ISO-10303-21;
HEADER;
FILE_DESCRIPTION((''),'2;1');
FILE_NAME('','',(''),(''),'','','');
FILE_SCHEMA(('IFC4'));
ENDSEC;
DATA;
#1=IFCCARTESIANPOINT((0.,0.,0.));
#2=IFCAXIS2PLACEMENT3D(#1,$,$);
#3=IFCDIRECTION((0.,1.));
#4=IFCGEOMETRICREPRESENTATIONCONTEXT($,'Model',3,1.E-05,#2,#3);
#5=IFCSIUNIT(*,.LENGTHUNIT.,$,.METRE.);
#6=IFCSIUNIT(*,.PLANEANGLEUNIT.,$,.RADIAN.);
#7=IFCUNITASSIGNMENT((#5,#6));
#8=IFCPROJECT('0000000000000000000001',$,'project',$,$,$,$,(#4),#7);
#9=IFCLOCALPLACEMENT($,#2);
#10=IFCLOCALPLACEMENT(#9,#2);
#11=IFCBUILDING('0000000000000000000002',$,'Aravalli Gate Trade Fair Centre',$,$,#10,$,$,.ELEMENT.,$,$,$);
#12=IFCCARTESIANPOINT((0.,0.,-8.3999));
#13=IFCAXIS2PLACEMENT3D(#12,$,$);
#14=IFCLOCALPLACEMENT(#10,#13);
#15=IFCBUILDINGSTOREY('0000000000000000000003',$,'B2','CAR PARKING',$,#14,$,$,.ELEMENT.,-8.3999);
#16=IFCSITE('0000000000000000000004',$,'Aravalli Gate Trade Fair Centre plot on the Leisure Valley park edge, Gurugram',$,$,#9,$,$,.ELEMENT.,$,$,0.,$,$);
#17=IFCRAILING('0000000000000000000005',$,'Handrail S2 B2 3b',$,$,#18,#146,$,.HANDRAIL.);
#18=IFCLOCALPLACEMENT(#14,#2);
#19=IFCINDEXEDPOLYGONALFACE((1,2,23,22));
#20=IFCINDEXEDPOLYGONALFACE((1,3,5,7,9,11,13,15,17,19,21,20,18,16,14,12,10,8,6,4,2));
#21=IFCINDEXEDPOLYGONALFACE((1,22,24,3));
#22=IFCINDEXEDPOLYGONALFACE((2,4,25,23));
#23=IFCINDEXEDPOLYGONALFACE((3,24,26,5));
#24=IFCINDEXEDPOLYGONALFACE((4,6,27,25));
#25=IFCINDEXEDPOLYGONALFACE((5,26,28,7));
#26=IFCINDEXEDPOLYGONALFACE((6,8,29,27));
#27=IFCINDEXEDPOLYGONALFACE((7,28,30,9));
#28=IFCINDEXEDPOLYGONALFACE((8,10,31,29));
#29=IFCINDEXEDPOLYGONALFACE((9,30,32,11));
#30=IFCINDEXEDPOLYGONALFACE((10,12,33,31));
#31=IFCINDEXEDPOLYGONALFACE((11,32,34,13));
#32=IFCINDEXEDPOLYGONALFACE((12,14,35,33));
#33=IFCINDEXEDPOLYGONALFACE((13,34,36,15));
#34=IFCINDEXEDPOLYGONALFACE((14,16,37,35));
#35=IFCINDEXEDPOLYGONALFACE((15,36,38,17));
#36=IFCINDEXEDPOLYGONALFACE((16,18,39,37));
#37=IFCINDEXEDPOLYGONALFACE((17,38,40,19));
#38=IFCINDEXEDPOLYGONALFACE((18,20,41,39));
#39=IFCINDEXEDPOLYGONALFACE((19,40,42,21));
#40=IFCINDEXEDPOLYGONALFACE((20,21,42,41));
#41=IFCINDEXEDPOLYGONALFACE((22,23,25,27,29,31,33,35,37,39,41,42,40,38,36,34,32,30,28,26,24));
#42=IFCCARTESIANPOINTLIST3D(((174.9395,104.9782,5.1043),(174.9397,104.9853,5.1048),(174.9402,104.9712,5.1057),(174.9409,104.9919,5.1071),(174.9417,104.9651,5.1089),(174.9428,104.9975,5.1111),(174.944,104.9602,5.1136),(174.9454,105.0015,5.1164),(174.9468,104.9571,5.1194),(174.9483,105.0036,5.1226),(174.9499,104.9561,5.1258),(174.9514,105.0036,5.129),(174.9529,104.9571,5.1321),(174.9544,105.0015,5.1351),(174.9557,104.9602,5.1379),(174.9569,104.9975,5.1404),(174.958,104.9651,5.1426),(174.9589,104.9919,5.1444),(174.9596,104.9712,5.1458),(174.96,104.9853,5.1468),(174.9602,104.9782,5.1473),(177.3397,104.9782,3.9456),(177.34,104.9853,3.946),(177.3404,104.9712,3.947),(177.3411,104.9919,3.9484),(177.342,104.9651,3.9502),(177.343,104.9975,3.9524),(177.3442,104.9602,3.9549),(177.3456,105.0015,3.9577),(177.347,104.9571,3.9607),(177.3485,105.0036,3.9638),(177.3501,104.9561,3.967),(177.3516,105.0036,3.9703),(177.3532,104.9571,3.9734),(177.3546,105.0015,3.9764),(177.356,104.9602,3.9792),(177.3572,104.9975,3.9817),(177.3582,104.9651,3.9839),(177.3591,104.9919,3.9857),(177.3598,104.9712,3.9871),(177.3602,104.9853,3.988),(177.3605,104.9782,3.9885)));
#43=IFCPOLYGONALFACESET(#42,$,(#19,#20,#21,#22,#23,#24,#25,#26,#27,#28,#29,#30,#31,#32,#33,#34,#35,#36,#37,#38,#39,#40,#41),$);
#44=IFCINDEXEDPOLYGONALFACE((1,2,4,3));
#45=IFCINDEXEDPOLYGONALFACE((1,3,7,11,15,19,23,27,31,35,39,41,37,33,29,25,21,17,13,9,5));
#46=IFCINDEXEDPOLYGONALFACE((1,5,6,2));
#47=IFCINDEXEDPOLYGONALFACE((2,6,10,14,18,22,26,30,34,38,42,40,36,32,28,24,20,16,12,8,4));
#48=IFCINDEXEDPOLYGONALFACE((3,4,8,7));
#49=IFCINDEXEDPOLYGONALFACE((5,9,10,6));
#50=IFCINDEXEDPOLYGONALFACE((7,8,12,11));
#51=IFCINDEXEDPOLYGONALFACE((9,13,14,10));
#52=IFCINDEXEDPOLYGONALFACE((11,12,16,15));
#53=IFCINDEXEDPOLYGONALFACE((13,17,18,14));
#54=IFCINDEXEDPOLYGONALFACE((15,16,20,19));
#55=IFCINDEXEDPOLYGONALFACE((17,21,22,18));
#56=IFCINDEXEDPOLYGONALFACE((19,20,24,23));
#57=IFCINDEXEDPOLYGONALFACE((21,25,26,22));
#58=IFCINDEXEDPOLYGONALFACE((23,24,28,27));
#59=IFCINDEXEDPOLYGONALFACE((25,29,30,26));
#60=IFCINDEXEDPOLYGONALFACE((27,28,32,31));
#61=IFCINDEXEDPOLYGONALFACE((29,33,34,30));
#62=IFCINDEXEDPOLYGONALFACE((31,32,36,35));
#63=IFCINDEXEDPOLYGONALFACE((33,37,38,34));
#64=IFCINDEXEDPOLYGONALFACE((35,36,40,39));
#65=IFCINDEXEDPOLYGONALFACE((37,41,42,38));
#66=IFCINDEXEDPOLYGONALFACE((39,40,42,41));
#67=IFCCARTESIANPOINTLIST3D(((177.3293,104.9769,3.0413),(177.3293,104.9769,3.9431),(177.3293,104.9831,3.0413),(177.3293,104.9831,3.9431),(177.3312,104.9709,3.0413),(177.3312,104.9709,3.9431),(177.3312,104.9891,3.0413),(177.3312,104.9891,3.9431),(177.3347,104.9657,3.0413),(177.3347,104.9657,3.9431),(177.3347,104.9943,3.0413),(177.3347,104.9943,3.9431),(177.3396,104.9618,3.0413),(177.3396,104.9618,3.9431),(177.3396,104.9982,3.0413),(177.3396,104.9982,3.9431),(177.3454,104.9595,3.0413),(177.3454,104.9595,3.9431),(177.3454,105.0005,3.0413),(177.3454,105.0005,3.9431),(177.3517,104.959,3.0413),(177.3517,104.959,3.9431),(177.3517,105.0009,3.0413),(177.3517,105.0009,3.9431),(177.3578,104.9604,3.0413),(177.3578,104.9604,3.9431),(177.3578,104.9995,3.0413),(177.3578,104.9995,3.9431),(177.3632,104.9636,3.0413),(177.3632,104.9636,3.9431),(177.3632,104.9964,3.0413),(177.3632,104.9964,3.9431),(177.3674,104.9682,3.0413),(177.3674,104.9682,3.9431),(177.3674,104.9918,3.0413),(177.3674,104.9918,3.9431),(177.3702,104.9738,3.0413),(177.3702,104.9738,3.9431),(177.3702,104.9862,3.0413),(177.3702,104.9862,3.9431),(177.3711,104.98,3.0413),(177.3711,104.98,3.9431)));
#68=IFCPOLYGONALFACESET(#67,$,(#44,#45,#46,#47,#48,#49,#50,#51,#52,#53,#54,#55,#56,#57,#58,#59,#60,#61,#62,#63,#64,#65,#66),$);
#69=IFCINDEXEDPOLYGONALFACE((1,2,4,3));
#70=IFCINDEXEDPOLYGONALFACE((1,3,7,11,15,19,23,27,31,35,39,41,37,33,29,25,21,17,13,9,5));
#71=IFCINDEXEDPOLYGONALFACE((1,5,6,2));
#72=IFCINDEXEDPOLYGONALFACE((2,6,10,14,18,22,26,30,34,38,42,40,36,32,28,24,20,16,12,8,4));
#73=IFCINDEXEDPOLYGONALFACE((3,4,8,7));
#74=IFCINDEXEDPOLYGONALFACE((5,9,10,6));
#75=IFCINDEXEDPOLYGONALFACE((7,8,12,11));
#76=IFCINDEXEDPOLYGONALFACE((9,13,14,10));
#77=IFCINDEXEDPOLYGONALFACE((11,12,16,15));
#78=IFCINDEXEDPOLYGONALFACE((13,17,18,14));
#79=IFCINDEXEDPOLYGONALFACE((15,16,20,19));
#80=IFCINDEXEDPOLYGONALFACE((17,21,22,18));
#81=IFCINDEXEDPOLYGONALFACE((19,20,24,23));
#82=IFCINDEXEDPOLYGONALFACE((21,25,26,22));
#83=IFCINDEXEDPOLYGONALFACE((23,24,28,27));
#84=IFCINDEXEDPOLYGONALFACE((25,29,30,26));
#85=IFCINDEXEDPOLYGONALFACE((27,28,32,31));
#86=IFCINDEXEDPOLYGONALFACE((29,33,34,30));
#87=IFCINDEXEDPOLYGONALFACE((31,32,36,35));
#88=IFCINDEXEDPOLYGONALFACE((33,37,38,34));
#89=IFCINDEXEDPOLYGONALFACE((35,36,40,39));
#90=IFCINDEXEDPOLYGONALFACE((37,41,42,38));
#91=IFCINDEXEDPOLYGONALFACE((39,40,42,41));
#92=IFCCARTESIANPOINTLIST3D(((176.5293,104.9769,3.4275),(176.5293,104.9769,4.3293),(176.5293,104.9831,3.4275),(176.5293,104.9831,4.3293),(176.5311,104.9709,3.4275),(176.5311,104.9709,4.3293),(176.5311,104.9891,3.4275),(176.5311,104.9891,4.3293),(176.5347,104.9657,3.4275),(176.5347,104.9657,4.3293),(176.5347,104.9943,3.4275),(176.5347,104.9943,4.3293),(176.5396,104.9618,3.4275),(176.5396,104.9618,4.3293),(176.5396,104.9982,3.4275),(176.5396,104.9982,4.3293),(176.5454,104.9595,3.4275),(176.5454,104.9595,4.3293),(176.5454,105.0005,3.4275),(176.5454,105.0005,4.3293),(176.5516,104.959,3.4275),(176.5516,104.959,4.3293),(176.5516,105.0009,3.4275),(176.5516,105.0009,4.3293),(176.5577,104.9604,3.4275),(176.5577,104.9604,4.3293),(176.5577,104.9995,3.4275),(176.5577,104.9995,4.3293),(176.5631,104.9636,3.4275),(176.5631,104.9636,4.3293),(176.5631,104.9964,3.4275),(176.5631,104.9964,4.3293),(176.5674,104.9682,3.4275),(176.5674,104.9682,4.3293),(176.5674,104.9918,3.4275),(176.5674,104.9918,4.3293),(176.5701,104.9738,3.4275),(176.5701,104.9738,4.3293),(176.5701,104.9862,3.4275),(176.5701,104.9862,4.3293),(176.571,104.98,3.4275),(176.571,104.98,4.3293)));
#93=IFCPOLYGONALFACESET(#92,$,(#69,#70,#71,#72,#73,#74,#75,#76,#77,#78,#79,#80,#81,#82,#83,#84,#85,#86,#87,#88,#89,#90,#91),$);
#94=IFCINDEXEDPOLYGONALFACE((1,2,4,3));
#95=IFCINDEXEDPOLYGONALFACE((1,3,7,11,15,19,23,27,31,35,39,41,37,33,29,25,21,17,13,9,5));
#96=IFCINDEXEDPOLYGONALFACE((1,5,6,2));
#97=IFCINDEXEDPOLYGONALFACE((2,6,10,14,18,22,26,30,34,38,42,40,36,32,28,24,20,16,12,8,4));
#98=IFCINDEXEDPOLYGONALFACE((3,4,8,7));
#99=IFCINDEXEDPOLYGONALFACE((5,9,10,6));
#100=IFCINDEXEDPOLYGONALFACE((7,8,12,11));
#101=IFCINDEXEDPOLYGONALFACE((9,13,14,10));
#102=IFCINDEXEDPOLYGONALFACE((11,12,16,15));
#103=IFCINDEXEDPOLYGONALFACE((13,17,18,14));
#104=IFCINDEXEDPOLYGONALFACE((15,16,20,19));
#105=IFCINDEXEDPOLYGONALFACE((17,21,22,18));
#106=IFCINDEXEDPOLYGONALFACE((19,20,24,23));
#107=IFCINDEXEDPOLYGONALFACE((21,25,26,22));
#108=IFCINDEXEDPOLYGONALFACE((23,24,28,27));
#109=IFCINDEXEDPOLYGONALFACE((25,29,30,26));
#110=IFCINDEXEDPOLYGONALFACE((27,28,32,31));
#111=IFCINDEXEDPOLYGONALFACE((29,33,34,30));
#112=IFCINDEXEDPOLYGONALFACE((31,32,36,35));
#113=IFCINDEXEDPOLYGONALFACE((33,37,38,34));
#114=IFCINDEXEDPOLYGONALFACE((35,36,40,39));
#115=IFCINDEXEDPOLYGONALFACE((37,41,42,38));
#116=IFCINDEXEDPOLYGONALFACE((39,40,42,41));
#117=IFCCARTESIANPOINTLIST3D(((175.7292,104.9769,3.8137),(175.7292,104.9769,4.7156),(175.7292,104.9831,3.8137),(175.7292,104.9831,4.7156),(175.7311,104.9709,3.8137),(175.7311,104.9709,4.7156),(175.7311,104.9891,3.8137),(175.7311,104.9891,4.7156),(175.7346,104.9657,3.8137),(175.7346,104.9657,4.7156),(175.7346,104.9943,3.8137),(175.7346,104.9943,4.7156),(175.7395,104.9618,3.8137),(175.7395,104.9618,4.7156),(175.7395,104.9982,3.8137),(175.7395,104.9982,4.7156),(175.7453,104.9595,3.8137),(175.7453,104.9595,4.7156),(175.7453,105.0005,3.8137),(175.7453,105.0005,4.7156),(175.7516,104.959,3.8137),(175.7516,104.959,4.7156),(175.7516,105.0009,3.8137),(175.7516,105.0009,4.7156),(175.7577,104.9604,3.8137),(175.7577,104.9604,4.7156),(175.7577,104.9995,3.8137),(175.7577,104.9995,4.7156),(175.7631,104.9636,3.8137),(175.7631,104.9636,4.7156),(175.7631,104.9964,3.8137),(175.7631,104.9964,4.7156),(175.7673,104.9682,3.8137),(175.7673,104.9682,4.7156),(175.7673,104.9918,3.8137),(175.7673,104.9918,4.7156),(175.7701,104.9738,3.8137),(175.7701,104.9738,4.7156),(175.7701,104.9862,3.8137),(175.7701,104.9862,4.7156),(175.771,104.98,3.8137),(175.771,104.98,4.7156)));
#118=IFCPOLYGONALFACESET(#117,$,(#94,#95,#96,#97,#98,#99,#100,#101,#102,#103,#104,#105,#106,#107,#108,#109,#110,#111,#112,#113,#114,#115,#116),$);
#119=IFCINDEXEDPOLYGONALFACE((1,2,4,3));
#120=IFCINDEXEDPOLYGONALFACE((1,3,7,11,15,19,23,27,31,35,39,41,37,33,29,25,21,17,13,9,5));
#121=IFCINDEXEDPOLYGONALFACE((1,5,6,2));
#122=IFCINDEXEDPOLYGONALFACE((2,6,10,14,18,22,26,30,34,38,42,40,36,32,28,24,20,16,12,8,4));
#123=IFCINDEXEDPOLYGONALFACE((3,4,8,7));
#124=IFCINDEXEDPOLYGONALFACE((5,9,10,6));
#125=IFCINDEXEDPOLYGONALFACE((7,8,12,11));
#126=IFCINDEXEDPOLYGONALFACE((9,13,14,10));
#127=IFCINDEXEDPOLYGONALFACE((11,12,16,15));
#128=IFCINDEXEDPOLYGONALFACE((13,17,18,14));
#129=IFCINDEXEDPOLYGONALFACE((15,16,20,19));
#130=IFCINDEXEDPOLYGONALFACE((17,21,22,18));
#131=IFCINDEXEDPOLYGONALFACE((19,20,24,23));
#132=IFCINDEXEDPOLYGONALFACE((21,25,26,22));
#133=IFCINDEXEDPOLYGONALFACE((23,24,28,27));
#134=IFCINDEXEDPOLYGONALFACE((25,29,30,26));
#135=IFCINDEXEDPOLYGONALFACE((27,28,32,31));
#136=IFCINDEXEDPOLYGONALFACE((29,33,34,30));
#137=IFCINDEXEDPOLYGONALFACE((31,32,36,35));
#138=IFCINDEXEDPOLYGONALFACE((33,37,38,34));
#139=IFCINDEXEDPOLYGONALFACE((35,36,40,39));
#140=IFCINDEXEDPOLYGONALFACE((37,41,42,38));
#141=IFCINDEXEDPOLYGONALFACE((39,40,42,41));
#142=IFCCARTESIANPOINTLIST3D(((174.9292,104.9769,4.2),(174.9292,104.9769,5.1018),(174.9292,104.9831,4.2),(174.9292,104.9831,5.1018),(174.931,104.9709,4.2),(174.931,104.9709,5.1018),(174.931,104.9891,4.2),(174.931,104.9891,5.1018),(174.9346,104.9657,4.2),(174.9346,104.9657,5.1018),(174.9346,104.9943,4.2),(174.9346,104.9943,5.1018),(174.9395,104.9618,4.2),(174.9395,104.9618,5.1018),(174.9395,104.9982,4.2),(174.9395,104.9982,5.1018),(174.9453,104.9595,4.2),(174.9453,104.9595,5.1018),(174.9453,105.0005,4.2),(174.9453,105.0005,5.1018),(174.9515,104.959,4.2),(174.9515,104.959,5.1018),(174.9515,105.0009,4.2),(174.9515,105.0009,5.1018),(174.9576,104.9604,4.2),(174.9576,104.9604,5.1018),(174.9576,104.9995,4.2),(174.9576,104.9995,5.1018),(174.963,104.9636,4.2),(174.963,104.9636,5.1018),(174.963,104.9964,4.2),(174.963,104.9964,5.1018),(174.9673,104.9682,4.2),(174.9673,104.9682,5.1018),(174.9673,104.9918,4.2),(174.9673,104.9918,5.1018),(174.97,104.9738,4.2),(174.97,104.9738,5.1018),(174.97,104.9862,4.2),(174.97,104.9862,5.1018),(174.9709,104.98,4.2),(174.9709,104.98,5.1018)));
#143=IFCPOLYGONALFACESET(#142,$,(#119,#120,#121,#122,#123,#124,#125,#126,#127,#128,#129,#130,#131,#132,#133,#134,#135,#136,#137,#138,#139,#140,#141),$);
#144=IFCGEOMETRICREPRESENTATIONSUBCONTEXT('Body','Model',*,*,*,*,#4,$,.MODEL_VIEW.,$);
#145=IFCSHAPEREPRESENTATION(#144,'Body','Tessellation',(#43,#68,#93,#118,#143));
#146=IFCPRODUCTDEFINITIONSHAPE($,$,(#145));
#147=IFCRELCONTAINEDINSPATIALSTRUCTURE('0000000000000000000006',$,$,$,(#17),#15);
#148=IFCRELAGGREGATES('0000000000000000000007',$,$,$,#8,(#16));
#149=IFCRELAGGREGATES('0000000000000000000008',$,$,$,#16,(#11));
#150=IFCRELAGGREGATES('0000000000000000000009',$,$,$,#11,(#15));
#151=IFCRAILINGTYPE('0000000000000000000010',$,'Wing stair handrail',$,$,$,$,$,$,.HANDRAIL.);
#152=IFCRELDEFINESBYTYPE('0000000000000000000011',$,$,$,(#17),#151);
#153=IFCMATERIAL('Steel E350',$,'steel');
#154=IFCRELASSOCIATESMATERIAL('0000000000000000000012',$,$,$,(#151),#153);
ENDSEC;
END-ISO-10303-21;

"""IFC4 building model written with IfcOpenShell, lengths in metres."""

from ifc_helpers import new_model, si_unit, direction, frame, origin, origin_2d, place, context, subcontext, project, spatial, circle, extrude, material, type_object, element, save


model = new_model("IFC4")

# Units and contexts
model_context = context("Model", 3, precision=1e-05, world=origin(), true_north=direction((0.0, 1.0)))
body_context = subcontext(model_context, "Body", "Model", "MODEL_VIEW")
ifc_project = project(units=[si_unit("LENGTHUNIT", "METRE"), si_unit("PLANEANGLEUNIT", "RADIAN")], contexts=[model_context])

# Site, building, storey
site_placement = place(None, origin())
site = spatial("IfcSite", under=ifc_project, at=site_placement, Name="Aravalli Gate Trade Fair Centre plot on the Leisure Valley park edge, Gurugram", CompositionType="ELEMENT", RefElevation=0.0)
building_placement = place(site_placement, origin())
building = spatial("IfcBuilding", under=site, at=building_placement, Name="Aravalli Gate Trade Fair Centre", CompositionType="ELEMENT")
storey_placement = place(building_placement, frame((0.0, 0.0, -8.3999)))
storey = spatial("IfcBuildingStorey", under=building, at=storey_placement, Name="B2", Description="CAR PARKING", CompositionType="ELEMENT", Elevation=-8.3999)

# Shared definitions
ifc_material_1 = material(Name="Steel E350", Category="steel")

# Railing
railing_type = type_object("IfcRailingType", Name="Wing stair handrail", PredefinedType="HANDRAIL", material=ifc_material_1)
for number, where, name in (
    (1, (177.3501, 104.98, 3.0413), "Handrail S2 B2 3b"),
):
    element("IfcRailing", number, at=place(storey_placement, frame(where)), inside=storey, type_object=railing_type, Name=name, PredefinedType="HANDRAIL", context=body_context, shape_type="SweptSolid", body=[
        extrude(circle(Radius=0.0239, at=origin_2d()), frame((0.0, 0.0, 0.9258), z_axis=(-0.900552, 0.0, 0.434749), x_axis=(0.0, -1.0, 0.0)), (0.0, 0.0, 1.0), 2.6653),
        extrude(circle(Radius=0.021, at=origin_2d()), origin(), (0.0, 0.0, 1.0), 0.9019),
        extrude(circle(Radius=0.021, at=origin_2d()), frame((-0.8, 0.0, 0.3862)), (0.0, 0.0, 1.0), 0.9019),
        extrude(circle(Radius=0.021, at=origin_2d()), frame((-1.6001, 0.0, 0.7725)), (0.0, 0.0, 1.0), 0.9019),
        extrude(circle(Radius=0.021, at=origin_2d()), frame((-2.4001, 0.0, 1.1587)), (0.0, 0.0, 1.0), 0.9019),
    ])

save(model, "model.ifc")
